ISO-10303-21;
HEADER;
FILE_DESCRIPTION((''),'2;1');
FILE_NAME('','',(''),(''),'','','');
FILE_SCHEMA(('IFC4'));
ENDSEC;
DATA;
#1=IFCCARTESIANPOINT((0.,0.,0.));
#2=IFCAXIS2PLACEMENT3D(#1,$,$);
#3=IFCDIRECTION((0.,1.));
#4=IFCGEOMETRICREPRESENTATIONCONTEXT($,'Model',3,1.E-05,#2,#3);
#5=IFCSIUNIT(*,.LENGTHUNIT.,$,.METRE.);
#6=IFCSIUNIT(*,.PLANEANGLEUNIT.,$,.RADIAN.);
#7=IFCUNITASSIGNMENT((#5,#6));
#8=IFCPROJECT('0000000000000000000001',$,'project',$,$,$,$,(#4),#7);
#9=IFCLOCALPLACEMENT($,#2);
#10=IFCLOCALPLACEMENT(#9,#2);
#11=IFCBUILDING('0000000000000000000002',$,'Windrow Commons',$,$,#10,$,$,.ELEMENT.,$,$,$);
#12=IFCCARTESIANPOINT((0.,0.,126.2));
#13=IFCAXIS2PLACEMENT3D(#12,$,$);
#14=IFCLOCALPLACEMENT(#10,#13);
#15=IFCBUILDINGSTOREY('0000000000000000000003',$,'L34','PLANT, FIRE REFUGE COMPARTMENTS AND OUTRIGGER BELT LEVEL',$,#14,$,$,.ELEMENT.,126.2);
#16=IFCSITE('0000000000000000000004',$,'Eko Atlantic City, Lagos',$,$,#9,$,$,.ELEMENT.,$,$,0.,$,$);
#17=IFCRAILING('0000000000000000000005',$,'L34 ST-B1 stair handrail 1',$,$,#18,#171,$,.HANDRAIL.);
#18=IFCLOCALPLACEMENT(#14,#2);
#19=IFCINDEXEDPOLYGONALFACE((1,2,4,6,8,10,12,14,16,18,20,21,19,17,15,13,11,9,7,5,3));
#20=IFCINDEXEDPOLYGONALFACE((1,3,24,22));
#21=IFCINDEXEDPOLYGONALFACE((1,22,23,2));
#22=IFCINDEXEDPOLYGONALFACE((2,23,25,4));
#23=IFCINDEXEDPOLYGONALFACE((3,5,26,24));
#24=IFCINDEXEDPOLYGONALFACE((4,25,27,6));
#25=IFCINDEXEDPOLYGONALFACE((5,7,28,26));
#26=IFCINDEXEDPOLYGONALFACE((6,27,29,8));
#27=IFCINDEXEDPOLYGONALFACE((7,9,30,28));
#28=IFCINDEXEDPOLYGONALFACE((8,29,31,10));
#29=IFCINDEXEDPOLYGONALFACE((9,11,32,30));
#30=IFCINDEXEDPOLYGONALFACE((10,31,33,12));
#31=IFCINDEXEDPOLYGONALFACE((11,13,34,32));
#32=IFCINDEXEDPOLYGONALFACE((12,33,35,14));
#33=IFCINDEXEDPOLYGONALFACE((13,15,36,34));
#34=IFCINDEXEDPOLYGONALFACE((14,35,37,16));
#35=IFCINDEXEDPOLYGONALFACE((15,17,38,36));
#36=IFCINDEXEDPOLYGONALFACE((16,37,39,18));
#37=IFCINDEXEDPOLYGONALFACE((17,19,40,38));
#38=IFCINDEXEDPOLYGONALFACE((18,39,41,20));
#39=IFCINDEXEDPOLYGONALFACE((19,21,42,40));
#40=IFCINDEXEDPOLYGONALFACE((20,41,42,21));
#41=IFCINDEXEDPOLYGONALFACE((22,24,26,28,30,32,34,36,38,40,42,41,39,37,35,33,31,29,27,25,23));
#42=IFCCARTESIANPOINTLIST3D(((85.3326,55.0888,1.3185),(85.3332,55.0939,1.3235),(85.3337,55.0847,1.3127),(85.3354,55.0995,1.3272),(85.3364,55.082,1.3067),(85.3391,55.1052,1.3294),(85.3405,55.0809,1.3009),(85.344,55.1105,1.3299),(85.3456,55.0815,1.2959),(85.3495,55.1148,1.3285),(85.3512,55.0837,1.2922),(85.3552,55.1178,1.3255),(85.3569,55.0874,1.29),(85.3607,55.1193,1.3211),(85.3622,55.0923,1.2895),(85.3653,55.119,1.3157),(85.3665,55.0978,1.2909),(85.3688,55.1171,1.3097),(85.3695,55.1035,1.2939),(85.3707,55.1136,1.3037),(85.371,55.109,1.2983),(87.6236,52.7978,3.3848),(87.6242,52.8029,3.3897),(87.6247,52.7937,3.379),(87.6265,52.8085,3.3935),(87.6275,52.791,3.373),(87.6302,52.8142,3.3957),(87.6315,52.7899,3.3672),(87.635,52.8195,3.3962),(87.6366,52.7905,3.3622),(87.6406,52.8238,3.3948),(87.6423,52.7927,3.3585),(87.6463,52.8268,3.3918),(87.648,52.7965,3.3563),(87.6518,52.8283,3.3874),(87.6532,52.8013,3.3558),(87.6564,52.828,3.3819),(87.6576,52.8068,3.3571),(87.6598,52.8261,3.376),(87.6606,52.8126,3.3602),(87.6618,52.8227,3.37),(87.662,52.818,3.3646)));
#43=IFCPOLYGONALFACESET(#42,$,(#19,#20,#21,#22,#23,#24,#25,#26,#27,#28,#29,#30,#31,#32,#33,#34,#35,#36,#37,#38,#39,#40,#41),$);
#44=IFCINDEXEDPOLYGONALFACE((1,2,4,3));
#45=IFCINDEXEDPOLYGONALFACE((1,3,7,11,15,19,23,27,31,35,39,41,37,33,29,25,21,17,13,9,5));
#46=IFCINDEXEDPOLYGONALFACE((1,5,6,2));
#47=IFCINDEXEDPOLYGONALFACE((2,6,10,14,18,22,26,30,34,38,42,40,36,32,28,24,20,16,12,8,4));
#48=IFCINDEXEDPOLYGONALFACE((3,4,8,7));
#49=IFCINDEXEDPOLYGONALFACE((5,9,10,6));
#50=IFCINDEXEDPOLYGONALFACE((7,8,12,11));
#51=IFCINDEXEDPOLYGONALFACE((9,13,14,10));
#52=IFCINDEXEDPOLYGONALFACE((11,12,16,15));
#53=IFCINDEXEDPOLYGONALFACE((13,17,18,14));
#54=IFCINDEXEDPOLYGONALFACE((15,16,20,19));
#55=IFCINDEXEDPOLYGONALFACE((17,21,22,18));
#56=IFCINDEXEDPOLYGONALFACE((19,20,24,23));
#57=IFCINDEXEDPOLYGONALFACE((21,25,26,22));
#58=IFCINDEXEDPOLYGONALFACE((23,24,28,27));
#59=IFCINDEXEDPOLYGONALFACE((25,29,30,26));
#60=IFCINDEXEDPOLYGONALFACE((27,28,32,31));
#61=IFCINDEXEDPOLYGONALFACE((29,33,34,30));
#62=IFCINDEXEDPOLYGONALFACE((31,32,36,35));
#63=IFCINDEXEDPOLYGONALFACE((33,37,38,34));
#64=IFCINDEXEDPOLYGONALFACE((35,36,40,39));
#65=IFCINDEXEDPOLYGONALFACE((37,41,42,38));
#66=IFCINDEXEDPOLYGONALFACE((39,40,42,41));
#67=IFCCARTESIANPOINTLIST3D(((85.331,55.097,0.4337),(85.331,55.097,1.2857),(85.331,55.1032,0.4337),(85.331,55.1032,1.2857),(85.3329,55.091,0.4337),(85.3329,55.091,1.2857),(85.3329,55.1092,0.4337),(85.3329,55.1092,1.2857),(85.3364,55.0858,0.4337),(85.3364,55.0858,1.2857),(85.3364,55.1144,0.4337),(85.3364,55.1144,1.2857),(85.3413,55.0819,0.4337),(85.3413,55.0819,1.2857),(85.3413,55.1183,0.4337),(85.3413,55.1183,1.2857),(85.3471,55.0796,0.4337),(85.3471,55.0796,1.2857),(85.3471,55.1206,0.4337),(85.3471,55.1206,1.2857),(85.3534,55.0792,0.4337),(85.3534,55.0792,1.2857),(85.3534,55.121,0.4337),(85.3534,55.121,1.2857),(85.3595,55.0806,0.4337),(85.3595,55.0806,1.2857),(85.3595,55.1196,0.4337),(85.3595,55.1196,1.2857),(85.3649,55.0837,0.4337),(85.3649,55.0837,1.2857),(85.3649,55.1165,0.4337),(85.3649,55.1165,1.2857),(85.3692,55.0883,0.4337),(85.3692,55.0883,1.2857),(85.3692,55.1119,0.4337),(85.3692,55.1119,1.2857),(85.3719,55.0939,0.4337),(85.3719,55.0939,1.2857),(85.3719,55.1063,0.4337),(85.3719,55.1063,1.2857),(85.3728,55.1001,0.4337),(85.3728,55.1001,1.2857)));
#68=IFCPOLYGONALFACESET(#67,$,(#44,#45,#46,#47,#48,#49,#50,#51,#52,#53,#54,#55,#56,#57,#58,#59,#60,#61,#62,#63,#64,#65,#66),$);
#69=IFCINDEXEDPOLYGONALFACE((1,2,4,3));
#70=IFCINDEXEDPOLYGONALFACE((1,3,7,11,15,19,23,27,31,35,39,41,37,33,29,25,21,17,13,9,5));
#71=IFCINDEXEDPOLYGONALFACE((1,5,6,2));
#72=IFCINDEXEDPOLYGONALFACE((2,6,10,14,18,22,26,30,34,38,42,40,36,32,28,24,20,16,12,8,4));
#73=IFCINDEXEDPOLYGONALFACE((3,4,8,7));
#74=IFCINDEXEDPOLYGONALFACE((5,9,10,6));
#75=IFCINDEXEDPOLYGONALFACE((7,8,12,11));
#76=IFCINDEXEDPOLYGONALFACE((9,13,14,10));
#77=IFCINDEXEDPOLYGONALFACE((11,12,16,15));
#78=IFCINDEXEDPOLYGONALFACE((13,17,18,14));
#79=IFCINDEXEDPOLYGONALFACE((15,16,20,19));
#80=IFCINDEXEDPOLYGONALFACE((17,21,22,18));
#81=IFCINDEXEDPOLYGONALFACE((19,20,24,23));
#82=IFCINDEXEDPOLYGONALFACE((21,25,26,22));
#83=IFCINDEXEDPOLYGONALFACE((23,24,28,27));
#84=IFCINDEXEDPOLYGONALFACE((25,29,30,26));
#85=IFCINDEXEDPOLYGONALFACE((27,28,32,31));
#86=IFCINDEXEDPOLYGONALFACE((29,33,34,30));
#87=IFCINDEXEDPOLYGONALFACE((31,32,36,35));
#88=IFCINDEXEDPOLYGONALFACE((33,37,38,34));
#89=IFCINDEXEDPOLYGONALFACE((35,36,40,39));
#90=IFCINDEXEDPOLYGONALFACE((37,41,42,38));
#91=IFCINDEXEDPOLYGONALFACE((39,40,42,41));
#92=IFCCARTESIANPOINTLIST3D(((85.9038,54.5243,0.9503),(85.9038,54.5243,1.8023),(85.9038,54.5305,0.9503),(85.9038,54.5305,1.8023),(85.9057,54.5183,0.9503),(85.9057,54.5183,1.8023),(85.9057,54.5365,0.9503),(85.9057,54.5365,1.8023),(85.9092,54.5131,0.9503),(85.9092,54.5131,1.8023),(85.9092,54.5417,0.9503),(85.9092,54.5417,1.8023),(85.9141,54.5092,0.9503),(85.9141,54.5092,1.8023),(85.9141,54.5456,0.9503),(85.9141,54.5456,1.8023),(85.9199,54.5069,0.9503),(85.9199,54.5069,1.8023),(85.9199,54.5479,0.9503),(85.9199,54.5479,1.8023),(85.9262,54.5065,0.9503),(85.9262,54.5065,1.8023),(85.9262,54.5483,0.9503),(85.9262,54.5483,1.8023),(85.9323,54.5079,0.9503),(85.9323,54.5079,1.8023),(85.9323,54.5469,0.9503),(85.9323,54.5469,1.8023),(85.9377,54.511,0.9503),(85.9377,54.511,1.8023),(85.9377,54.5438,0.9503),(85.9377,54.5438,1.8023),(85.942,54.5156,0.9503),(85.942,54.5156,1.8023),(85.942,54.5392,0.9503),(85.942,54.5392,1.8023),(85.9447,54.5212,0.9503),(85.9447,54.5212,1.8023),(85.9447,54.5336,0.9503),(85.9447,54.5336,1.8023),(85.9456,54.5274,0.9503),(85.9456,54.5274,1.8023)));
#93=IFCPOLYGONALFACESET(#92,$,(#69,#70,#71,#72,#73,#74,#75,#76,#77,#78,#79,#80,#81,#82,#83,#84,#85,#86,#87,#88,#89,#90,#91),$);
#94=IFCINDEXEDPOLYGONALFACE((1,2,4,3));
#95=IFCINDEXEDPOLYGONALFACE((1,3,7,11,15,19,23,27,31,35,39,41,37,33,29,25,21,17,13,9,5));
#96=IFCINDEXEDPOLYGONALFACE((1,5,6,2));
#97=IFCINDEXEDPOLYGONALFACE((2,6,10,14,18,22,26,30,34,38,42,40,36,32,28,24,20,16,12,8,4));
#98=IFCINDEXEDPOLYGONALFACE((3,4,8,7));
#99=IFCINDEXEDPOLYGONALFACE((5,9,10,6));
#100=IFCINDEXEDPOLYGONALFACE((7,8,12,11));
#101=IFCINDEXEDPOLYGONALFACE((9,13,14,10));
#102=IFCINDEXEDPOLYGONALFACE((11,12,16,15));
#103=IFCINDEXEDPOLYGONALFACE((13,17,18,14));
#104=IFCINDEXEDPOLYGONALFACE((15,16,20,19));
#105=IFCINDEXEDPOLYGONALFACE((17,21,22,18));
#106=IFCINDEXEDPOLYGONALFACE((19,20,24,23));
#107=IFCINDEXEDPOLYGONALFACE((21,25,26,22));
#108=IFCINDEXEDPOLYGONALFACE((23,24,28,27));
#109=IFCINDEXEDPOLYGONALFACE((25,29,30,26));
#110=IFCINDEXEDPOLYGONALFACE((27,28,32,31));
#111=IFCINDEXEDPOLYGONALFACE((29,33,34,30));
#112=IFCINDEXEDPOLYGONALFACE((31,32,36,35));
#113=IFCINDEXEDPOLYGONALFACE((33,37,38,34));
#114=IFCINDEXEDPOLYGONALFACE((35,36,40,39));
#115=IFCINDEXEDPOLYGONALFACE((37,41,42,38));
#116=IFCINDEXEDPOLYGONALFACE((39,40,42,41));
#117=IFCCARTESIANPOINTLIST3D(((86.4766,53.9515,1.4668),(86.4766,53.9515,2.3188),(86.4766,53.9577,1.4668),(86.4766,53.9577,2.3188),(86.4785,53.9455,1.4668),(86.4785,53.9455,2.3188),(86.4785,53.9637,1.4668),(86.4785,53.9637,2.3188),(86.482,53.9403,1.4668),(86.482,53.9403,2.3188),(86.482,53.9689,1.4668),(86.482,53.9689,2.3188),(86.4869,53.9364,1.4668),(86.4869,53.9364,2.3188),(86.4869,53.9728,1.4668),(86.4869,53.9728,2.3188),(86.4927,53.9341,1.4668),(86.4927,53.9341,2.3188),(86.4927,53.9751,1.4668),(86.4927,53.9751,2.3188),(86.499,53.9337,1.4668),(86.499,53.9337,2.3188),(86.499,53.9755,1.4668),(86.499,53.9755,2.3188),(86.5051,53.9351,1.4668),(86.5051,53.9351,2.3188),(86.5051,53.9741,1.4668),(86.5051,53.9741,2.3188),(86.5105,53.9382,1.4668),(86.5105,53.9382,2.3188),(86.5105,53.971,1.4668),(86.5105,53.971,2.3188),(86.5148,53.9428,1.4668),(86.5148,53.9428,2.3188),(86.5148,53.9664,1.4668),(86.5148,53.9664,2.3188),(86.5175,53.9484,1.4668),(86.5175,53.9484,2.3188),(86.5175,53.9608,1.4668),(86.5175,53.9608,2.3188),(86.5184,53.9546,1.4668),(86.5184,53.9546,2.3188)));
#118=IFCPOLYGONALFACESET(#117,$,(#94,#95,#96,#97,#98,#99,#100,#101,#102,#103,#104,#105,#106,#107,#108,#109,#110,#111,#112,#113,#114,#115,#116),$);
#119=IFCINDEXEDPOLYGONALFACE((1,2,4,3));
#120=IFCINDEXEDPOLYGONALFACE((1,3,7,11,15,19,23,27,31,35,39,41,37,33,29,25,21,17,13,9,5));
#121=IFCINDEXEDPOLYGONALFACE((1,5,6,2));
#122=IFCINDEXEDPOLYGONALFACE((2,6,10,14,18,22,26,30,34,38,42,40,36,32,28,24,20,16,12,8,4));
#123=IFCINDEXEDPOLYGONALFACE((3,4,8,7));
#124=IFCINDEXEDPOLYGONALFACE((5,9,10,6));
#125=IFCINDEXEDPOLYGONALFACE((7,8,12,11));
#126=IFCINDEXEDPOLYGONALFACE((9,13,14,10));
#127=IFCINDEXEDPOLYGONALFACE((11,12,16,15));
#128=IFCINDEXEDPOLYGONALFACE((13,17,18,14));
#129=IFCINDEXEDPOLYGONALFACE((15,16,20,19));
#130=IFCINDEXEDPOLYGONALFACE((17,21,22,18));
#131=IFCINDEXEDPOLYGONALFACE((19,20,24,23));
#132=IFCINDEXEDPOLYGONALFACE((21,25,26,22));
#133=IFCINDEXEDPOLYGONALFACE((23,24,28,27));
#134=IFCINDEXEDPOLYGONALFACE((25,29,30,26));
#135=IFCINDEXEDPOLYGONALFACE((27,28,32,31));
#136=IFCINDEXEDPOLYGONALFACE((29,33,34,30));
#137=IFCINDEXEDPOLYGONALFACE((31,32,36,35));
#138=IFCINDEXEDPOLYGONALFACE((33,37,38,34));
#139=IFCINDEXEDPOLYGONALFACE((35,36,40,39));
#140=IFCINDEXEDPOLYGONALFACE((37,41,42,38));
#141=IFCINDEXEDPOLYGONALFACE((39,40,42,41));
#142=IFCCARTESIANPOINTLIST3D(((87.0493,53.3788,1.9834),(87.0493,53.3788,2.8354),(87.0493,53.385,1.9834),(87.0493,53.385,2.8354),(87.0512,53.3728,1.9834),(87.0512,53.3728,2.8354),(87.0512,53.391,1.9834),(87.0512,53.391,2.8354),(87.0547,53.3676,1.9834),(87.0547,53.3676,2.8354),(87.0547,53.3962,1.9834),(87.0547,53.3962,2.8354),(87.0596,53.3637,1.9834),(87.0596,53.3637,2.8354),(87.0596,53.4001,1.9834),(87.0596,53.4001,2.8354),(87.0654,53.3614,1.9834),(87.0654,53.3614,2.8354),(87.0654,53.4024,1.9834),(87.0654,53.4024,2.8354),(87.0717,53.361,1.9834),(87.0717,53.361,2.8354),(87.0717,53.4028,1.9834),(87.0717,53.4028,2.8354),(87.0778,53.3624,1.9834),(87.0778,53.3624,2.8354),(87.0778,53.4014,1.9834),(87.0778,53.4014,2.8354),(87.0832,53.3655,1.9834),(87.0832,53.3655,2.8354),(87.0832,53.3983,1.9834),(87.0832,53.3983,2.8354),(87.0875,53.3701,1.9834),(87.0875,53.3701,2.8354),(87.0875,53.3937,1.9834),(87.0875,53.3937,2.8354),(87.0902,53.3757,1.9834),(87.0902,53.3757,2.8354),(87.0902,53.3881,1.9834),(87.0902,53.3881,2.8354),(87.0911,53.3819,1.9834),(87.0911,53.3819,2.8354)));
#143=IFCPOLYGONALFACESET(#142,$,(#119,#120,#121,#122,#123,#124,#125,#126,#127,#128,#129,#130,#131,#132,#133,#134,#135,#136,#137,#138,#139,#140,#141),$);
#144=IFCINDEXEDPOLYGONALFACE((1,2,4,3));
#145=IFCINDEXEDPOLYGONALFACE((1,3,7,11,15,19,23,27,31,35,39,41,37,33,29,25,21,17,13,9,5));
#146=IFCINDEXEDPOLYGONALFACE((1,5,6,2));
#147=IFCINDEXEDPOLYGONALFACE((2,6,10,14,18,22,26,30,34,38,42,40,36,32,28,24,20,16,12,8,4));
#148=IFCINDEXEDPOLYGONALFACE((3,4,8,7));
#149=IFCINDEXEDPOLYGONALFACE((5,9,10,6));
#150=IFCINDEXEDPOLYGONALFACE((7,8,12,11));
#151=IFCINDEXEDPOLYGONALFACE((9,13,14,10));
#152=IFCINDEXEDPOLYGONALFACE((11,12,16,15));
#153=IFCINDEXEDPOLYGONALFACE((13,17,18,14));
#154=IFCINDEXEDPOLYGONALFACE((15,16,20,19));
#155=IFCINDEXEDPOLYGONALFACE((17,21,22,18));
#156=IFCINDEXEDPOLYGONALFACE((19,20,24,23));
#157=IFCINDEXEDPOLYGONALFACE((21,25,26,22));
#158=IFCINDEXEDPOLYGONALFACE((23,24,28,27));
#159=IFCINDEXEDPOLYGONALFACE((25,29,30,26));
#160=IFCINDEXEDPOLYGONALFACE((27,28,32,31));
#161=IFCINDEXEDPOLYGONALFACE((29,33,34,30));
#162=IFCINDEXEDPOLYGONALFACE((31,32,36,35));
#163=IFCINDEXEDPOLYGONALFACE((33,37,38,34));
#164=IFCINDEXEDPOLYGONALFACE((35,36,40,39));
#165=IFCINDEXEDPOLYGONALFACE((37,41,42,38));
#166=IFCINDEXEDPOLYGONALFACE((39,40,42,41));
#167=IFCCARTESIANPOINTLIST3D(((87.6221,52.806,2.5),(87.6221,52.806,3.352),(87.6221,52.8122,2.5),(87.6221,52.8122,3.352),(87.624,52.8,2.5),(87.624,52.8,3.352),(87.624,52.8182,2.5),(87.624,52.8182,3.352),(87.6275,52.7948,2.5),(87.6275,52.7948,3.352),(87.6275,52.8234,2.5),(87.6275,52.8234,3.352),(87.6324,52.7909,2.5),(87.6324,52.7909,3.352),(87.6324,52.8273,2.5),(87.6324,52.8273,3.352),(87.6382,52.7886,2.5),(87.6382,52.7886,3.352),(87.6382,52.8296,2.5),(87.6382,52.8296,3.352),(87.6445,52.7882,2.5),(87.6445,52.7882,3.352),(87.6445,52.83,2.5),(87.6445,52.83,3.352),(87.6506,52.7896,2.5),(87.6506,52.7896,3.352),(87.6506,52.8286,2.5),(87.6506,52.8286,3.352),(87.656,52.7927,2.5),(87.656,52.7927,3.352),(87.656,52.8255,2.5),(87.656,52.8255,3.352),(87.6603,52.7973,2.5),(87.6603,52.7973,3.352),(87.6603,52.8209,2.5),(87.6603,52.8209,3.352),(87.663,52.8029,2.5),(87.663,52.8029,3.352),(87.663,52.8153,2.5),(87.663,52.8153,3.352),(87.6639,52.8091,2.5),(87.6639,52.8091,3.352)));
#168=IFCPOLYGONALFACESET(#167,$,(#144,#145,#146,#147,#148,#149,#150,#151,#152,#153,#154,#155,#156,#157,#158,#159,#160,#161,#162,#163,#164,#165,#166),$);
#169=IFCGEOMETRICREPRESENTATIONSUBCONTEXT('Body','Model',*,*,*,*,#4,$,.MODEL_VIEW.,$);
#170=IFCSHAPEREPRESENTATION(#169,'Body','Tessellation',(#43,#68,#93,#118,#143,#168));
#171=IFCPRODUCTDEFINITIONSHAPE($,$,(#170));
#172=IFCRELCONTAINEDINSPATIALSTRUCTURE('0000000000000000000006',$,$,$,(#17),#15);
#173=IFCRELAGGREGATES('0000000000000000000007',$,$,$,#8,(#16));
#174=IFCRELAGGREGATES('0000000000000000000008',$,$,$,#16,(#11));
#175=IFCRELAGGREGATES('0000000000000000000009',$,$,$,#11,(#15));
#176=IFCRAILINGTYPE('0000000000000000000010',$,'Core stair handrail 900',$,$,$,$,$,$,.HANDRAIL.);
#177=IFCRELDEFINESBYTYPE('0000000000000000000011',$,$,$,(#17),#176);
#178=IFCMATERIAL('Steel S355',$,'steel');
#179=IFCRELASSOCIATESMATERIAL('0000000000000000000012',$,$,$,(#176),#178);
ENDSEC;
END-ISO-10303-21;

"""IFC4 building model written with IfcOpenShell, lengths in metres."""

from ifc_helpers import new_model, si_unit, direction, frame, origin, origin_2d, place, context, subcontext, project, spatial, circle, extrude, material, type_object, element, save


model = new_model("IFC4")

# Units and contexts
model_context = context("Model", 3, precision=1e-05, world=origin(), true_north=direction((0.0, 1.0)))
body_context = subcontext(model_context, "Body", "Model", "MODEL_VIEW")
ifc_project = project(units=[si_unit("LENGTHUNIT", "METRE"), si_unit("PLANEANGLEUNIT", "RADIAN")], contexts=[model_context])

# Site, building, storey
site_placement = place(None, origin())
site = spatial("IfcSite", under=ifc_project, at=site_placement, Name="Eko Atlantic City, Lagos", CompositionType="ELEMENT", RefElevation=0.0)
building_placement = place(site_placement, origin())
building = spatial("IfcBuilding", under=site, at=building_placement, Name="Windrow Commons", CompositionType="ELEMENT")
storey_placement = place(building_placement, frame((0.0, 0.0, 126.2)))
storey = spatial("IfcBuildingStorey", under=building, at=storey_placement, Name="L34", Description="PLANT, FIRE REFUGE COMPARTMENTS AND OUTRIGGER BELT LEVEL", CompositionType="ELEMENT", Elevation=126.2)

# Railing
ifc_material_1 = material(Name="Steel S355", Category="steel")
railing_type_1 = type_object("IfcRailingType", Name="Core stair handrail 900", PredefinedType="HANDRAIL", material=ifc_material_1)
railing_1_placement = place(storey_placement, frame((85.3518, 55.1001, 0.4337)))
element("IfcRailing", 1, at=railing_1_placement, inside=storey, type_object=railing_type_1, Name="L34 ST-B1 stair handrail 1", PredefinedType="HANDRAIL", context=body_context, shape_type="SweptSolid", body=[
    extrude(circle(Radius=0.024, at=origin_2d()), frame((0.0, 0.0, 0.876), z_axis=(0.5962, -0.596174, 0.537701), x_axis=(0.707091, 0.707122, 0.0)), (0.0, 0.0, 1.0), 3.8428),
    extrude(circle(Radius=0.021, at=origin_2d()), origin(), (0.0, 0.0, 1.0), 0.852),
    extrude(circle(Radius=0.021, at=origin_2d()), frame((0.5728, -0.5727, 0.5166)), (0.0, 0.0, 1.0), 0.852),
    extrude(circle(Radius=0.021, at=origin_2d()), frame((1.1456, -1.1455, 1.0331)), (0.0, 0.0, 1.0), 0.852),
    extrude(circle(Radius=0.021, at=origin_2d()), frame((1.7183, -1.7182, 1.5497)), (0.0, 0.0, 1.0), 0.852),
    extrude(circle(Radius=0.021, at=origin_2d()), frame((2.2911, -2.291, 2.0663)), (0.0, 0.0, 1.0), 0.852),
])

save(model, "model.ifc")
